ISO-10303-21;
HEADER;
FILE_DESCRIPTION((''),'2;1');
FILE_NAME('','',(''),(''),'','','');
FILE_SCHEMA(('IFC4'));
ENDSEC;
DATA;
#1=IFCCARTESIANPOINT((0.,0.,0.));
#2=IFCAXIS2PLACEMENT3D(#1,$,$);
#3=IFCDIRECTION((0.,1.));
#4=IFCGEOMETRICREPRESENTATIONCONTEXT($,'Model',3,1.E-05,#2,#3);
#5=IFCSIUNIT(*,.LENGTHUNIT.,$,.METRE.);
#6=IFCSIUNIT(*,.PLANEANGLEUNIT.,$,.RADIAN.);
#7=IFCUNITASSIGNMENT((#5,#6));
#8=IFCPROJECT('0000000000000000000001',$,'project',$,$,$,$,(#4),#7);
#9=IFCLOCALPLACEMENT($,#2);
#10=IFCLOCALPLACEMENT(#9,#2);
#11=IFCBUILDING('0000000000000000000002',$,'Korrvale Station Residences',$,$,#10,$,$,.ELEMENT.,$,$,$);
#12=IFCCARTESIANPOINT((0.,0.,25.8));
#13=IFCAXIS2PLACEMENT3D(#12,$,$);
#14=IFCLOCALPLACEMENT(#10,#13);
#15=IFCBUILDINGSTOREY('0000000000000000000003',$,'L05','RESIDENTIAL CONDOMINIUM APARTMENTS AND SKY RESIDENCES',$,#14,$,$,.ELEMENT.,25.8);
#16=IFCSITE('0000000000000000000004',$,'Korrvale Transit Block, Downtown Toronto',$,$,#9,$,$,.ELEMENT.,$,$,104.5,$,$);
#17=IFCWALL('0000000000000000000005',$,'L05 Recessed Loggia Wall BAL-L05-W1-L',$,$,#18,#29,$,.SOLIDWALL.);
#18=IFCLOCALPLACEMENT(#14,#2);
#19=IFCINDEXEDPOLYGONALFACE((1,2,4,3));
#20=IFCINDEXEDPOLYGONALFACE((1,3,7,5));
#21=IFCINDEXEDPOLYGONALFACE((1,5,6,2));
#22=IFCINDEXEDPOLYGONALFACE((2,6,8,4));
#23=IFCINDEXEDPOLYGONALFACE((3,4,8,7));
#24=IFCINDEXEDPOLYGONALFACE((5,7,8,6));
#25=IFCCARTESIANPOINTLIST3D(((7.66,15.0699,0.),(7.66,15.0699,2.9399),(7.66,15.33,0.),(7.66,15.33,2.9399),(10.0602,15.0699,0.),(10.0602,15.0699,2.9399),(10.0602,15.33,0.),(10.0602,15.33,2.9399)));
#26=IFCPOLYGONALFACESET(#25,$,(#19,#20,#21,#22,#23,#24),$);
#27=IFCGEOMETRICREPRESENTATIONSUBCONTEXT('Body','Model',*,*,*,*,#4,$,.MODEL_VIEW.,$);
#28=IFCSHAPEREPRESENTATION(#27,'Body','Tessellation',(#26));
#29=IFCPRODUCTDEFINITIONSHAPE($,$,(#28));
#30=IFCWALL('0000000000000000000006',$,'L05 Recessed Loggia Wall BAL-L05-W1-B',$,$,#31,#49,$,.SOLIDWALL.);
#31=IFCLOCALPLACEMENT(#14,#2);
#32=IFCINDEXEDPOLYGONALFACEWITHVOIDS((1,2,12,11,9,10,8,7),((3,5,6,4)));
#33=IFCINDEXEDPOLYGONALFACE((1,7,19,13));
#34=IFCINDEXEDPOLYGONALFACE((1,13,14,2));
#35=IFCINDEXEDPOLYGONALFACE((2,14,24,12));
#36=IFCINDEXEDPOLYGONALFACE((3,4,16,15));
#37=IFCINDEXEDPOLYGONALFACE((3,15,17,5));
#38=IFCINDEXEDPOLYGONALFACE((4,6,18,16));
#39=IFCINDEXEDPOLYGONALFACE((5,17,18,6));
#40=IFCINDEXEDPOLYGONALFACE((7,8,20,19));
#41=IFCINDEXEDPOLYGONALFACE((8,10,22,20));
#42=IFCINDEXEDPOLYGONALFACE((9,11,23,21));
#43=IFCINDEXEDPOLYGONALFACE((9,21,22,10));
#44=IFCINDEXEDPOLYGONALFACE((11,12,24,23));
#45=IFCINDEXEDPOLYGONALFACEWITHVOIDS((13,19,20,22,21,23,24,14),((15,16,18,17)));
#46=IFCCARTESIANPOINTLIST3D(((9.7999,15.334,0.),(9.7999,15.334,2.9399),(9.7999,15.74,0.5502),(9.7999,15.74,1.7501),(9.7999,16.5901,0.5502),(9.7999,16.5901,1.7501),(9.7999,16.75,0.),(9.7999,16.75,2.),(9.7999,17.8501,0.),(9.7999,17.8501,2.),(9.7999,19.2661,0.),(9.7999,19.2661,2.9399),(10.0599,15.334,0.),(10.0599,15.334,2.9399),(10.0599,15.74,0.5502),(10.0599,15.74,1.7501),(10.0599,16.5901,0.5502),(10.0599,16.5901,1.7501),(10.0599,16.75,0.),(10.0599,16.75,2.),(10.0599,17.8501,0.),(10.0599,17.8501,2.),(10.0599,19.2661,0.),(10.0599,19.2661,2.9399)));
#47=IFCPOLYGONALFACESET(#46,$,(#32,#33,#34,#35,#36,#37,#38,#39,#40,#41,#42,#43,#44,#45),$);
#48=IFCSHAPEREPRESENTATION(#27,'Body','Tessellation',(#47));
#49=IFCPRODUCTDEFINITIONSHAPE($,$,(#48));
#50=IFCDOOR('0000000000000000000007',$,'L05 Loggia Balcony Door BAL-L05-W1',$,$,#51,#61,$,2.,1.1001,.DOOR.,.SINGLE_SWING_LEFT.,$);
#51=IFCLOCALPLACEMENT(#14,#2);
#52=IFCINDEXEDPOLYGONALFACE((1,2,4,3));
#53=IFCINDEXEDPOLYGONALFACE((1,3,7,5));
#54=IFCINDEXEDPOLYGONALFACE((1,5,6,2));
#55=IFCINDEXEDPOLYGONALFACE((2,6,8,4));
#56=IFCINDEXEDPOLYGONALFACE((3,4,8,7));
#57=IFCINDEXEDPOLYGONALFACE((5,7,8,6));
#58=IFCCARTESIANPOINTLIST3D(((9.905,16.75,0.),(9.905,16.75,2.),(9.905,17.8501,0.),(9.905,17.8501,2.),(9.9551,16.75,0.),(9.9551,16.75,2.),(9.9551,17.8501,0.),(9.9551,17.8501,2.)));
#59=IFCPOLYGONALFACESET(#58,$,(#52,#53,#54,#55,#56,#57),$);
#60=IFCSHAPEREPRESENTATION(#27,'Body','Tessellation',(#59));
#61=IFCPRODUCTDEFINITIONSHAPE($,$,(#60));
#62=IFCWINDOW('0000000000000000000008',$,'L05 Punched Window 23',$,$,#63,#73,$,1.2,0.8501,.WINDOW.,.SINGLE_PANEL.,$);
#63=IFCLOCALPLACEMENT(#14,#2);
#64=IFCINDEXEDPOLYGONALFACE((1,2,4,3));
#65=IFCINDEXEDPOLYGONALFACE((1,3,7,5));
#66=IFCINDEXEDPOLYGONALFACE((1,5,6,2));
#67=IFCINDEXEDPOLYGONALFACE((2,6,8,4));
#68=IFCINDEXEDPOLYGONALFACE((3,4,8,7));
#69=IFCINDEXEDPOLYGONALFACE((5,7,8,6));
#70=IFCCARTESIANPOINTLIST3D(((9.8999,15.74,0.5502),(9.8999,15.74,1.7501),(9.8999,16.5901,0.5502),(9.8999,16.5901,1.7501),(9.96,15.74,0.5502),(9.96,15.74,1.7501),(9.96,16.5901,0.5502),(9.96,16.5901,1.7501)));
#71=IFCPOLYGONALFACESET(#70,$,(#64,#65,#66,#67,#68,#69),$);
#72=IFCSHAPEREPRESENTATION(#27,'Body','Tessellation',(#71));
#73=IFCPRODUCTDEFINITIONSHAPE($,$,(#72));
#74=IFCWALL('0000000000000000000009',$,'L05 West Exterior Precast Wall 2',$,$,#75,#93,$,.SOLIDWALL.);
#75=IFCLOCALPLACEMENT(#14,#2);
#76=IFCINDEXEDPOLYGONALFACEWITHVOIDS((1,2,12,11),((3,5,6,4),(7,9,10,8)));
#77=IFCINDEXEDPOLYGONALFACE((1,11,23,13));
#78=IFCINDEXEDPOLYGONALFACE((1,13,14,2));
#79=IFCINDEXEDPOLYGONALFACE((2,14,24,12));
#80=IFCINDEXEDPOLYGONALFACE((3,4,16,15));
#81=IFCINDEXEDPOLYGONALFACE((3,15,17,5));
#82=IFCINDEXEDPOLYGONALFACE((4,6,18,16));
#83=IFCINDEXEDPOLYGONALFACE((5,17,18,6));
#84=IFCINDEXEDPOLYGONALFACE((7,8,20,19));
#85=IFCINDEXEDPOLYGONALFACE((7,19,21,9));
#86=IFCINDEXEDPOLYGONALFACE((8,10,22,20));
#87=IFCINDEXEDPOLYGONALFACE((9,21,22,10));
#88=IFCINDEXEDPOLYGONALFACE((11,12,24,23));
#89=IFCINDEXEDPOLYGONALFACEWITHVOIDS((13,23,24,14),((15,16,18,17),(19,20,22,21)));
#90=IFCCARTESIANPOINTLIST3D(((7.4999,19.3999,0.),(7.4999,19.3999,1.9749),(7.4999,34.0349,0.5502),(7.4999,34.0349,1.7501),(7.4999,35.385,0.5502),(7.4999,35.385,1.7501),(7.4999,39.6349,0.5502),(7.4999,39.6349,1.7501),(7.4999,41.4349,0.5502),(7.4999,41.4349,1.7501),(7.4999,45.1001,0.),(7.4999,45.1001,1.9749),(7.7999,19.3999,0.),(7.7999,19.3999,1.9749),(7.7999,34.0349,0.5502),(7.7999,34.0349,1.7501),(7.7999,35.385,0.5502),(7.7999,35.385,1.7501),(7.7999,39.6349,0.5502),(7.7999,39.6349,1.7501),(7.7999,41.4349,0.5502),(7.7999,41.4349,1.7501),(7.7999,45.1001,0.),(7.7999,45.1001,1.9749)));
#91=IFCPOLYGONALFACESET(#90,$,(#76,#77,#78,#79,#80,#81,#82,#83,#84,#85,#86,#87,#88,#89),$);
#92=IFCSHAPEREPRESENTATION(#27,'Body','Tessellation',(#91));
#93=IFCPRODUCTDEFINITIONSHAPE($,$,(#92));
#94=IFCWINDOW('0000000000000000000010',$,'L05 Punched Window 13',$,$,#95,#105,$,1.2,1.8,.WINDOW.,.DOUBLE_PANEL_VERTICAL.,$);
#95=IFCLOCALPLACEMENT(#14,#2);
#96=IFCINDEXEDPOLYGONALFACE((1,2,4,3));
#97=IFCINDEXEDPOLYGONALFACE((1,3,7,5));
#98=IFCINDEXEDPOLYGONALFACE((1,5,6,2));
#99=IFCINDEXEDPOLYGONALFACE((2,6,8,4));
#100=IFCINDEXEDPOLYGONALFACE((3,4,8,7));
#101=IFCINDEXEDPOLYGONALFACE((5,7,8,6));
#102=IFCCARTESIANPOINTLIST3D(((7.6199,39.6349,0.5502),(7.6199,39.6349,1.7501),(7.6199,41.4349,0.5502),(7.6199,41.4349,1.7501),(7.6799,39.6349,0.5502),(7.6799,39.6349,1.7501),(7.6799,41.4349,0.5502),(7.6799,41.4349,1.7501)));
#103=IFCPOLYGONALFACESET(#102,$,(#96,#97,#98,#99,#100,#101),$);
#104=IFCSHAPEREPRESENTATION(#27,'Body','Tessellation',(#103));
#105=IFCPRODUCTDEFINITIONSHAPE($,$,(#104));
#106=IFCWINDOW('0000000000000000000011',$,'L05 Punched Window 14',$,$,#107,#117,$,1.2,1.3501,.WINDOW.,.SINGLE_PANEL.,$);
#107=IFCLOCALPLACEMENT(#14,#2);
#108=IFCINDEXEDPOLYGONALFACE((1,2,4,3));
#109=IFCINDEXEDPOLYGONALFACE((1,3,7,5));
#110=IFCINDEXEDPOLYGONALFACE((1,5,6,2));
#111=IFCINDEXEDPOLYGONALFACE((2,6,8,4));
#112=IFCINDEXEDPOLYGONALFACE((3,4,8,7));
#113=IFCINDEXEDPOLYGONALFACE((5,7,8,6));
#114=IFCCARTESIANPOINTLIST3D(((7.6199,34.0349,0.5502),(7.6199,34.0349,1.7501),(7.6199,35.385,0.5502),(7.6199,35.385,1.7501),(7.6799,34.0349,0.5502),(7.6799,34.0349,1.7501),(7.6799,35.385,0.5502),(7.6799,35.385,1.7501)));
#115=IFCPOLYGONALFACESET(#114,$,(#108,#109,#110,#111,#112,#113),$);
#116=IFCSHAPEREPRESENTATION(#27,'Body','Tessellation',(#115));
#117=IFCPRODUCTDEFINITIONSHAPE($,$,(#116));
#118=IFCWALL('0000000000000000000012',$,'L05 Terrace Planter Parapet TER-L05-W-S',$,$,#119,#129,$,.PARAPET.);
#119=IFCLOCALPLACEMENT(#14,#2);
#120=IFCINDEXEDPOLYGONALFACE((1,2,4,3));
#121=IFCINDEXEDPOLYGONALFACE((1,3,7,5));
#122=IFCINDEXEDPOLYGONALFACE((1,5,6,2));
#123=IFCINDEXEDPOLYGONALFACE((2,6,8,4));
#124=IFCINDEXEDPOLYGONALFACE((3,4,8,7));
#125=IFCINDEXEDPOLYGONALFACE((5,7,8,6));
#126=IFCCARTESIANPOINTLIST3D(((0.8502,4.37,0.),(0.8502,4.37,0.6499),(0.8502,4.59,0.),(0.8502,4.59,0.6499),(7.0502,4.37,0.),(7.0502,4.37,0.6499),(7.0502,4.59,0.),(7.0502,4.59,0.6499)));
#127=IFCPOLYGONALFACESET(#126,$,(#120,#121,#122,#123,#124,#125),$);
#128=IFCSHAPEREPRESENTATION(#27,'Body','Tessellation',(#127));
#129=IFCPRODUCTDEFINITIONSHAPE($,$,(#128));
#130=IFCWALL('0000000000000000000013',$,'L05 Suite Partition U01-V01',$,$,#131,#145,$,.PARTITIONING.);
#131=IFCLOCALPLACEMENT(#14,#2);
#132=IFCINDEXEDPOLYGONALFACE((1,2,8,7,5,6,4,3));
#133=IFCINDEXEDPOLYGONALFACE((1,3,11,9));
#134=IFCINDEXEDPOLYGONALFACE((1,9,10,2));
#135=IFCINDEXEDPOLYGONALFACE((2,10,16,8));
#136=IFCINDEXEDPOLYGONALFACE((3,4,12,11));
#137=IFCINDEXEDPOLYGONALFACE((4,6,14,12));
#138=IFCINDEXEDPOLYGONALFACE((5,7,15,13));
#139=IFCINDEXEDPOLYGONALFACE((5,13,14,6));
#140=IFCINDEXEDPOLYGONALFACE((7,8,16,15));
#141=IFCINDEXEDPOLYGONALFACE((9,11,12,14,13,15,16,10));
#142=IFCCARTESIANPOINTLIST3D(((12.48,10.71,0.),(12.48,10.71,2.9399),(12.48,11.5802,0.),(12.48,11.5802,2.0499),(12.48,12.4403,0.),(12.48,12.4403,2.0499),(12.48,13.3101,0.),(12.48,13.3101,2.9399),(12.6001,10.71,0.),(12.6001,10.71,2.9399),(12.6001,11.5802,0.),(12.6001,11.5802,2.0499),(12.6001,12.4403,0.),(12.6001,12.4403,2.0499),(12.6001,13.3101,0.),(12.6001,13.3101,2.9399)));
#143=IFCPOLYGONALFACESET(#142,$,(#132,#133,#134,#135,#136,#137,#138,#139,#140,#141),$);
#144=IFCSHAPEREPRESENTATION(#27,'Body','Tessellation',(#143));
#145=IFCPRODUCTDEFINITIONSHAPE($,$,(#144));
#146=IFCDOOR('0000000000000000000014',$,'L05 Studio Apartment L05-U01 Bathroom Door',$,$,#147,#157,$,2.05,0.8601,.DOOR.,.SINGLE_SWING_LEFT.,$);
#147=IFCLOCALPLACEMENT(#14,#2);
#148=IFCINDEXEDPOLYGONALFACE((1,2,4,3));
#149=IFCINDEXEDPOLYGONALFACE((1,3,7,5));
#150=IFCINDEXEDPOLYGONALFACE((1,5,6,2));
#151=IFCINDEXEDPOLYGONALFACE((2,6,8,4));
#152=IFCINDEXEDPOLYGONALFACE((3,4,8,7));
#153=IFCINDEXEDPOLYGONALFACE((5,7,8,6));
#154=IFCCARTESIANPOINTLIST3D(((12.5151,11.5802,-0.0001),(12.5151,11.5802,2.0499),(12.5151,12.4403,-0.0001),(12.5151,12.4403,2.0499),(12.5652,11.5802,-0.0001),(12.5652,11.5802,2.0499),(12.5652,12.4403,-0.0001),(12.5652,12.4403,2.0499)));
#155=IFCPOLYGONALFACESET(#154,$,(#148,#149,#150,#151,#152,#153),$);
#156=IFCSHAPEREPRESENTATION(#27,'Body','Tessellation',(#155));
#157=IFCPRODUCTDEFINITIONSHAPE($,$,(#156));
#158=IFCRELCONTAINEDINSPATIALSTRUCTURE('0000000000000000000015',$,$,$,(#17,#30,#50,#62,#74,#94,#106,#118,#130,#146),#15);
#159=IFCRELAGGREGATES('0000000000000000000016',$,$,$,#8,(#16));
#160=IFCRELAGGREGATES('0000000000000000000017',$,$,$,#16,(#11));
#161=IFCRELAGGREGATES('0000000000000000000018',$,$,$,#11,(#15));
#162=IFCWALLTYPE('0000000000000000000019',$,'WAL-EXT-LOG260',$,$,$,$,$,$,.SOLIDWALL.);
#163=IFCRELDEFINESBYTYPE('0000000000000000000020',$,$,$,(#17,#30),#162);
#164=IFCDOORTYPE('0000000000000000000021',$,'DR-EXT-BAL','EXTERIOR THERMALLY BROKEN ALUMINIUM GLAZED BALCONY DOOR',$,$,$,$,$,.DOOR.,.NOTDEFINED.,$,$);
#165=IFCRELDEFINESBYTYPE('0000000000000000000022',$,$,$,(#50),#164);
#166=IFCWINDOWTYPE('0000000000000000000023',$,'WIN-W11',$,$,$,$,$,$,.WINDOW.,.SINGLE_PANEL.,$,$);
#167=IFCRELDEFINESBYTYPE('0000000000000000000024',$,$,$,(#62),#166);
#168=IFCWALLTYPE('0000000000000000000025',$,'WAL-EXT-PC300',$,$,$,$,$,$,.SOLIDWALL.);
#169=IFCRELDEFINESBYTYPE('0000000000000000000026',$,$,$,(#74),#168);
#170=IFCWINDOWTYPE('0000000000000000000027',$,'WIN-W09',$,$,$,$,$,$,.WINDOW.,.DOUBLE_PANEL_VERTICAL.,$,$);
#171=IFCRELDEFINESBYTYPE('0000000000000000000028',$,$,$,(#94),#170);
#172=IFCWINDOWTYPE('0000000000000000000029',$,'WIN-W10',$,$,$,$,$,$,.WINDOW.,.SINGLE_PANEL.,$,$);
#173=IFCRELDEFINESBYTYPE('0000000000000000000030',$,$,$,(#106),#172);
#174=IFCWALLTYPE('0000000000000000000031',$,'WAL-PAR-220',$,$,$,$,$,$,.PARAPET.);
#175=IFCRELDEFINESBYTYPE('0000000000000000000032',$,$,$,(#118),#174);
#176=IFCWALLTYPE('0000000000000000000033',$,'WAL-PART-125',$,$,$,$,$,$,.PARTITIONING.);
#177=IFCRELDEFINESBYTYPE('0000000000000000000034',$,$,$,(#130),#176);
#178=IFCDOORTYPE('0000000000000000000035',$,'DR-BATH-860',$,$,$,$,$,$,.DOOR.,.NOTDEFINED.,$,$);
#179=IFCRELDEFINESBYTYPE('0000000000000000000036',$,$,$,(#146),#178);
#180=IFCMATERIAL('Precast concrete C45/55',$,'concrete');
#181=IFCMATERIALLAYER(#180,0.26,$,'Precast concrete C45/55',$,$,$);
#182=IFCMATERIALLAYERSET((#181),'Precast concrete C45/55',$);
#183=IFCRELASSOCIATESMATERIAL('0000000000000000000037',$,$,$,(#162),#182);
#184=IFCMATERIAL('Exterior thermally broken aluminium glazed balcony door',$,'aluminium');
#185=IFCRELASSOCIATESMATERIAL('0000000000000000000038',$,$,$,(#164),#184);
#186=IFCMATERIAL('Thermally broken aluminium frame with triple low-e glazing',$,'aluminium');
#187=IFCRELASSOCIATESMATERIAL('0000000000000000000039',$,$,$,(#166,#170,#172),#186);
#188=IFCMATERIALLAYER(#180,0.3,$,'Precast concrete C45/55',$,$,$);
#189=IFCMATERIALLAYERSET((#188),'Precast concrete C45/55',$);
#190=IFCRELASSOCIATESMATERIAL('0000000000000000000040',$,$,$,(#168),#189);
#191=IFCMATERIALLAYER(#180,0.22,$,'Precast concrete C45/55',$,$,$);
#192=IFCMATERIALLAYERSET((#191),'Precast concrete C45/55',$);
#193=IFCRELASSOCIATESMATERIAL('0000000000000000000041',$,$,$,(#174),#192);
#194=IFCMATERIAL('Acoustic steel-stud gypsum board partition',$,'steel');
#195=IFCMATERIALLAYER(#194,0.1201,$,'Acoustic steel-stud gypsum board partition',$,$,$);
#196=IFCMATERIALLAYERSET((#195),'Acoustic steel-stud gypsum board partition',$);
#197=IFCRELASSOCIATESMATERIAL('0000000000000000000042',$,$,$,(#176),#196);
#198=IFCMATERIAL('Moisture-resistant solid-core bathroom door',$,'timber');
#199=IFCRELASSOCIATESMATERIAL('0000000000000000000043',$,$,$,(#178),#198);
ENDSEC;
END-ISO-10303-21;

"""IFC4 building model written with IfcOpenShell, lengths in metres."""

from ifc_helpers import new_model, si_unit, direction, frame, frame_2d, origin, place, context, subcontext, project, spatial, rectangle, extrude, material, layer, layer_set, type_object, element, fill, save


model = new_model("IFC4")

# Units and contexts
model_context = context("Model", 3, precision=1e-05, world=origin(), true_north=direction((0.0, 1.0)))
body_context = subcontext(model_context, "Body", "Model", "MODEL_VIEW")
ifc_project = project(units=[si_unit("LENGTHUNIT", "METRE"), si_unit("PLANEANGLEUNIT", "RADIAN")], contexts=[model_context])

# Site, building, storey
site_placement = place(None, origin())
site = spatial("IfcSite", under=ifc_project, at=site_placement, Name="Korrvale Transit Block, Downtown Toronto", CompositionType="ELEMENT", RefElevation=104.5)
building_placement = place(site_placement, origin())
building = spatial("IfcBuilding", under=site, at=building_placement, Name="Korrvale Station Residences", CompositionType="ELEMENT")
storey_placement = place(building_placement, frame((0.0, 0.0, 25.8)))
storey = spatial("IfcBuildingStorey", under=building, at=storey_placement, Name="L05", Description="RESIDENTIAL CONDOMINIUM APARTMENTS AND SKY RESIDENCES", CompositionType="ELEMENT", Elevation=25.8)

# Wall
ifc_material_1 = material(Name="Precast concrete C45/55", Category="concrete")
ifc_layer_1 = layer(ifc_material_1, 0.26, Name="Precast concrete C45/55")
ifc_layer_set_1 = layer_set([ifc_layer_1], Name="Precast concrete C45/55")
wall_type_1 = type_object("IfcWallType", Name="WAL-EXT-LOG260", PredefinedType="SOLIDWALL", material=ifc_layer_set_1)
wall_1_placement = place(storey_placement, frame((7.6599, 15.2, 0.0), z_axis=(0.0, 0.0, 1.0), x_axis=(1.0, 0.0, 0.0)))
element("IfcWall", 1, at=wall_1_placement, inside=storey, type_object=wall_type_1, Name="L05 Recessed Loggia Wall BAL-L05-W1-L", PredefinedType="SOLIDWALL", context=body_context, shape_type="SweptSolid", body=[
    extrude(rectangle(XDim=2.4001, YDim=0.26, at=frame_2d((1.2002, 0.0))), origin(), (0.0, 0.0, 1.0), 2.9399),
])

# Wall, openings, door, window
wall_2_placement = place(storey_placement, frame((9.9299, 15.334, 0.0), z_axis=(0.0, 0.0, 1.0), x_axis=(0.0, 1.0, 0.0)))
wall_2 = element("IfcWall", 2, at=wall_2_placement, inside=storey, type_object=wall_type_1, Name="L05 Recessed Loggia Wall BAL-L05-W1-B", PredefinedType="SOLIDWALL", context=body_context, shape_type="SweptSolid", body=[
    extrude(rectangle(XDim=3.9321, YDim=0.26, at=frame_2d((1.9661, 0.0))), origin(), (0.0, 0.0, 1.0), 2.9399),
])
opening_1_placement = place(wall_2_placement, frame((1.416, 0.0, 0.0)))
opening_1 = element("IfcOpeningElement", 3, at=opening_1_placement, cuts=wall_2, PredefinedType="OPENING", context=body_context, shape_type="SweptSolid", body=[
    extrude(rectangle(XDim=1.1001, YDim=2.0, at=frame_2d((0.55, 1.0))), frame((0.0, 0.1401, 0.0), z_axis=(0.0, -1.0, 0.0), x_axis=(1.0, 0.0, 0.0)), (0.0, 0.0, 1.0), 0.28),
])
opening_2_placement = place(wall_2_placement, frame((0.406, 0.0, 0.55)))
opening_2 = element("IfcOpeningElement", 4, at=opening_2_placement, cuts=wall_2, PredefinedType="OPENING", context=body_context, shape_type="SweptSolid", body=[
    extrude(rectangle(XDim=0.8501, YDim=1.2, at=frame_2d((0.425, 0.6001))), frame((0.0, 0.1401, 0.0), z_axis=(0.0, -1.0, 0.0), x_axis=(1.0, 0.0, 0.0)), (0.0, 0.0, 1.0), 0.28),
])
ifc_material_2 = material(Name="Exterior thermally broken aluminium glazed balcony door", Category="aluminium")
door_type_1 = type_object("IfcDoorType", Name="DR-EXT-BAL", Description="EXTERIOR THERMALLY BROKEN ALUMINIUM GLAZED BALCONY DOOR", OperationType="NOTDEFINED", PredefinedType="DOOR", material=ifc_material_2)
door_1_placement = place(opening_1_placement, origin())
door_1 = element("IfcDoor", 5, at=door_1_placement, inside=storey, type_object=door_type_1, Name="L05 Loggia Balcony Door BAL-L05-W1", OperationType="SINGLE_SWING_LEFT", OverallHeight=2.0, OverallWidth=1.1001, PredefinedType="DOOR", context=body_context, shape_type="SweptSolid", body=[
    extrude(rectangle(XDim=1.1001, YDim=2.0, at=frame_2d((0.55, 1.0))), frame((0.0, 0.0249, 0.0), z_axis=(0.0, -1.0, 0.0), x_axis=(1.0, 0.0, 0.0)), (0.0, 0.0, 1.0), 0.05),
])
fill(opening_1, door_1)
ifc_material_3 = material(Name="Thermally broken aluminium frame with triple low-e glazing", Category="aluminium")
window_type_1 = type_object("IfcWindowType", Name="WIN-W11", PartitioningType="SINGLE_PANEL", PredefinedType="WINDOW", material=ifc_material_3)
window_1_placement = place(opening_2_placement, origin())
window_1 = element("IfcWindow", 6, at=window_1_placement, inside=storey, type_object=window_type_1, Name="L05 Punched Window 23", OverallHeight=1.2, OverallWidth=0.8501, PartitioningType="SINGLE_PANEL", PredefinedType="WINDOW", context=body_context, shape_type="SweptSolid", body=[
    extrude(rectangle(XDim=0.8501, YDim=1.2, at=frame_2d((0.425, 0.6001))), frame((0.0, 0.03, 0.0), z_axis=(0.0, -1.0, 0.0), x_axis=(1.0, 0.0, 0.0)), (0.0, 0.0, 1.0), 0.0601),
])
fill(opening_2, window_1)

# Wall, openings, windows
ifc_layer_2 = layer(ifc_material_1, 0.3, Name="Precast concrete C45/55")
ifc_layer_set_2 = layer_set([ifc_layer_2], Name="Precast concrete C45/55")
wall_type_2 = type_object("IfcWallType", Name="WAL-EXT-PC300", PredefinedType="SOLIDWALL", material=ifc_layer_set_2)
wall_3_placement = place(storey_placement, frame((7.6499, 19.3999, 0.0), z_axis=(0.0, 0.0, 1.0), x_axis=(0.0, 1.0, 0.0)))
wall_3 = element("IfcWall", 7, at=wall_3_placement, inside=storey, type_object=wall_type_2, Name="L05 West Exterior Precast Wall 2", PredefinedType="SOLIDWALL", context=body_context, shape_type="SweptSolid", body=[
    extrude(rectangle(XDim=25.7002, YDim=0.3, at=frame_2d((12.8501, 0.0))), origin(), (0.0, 0.0, 1.0), 1.9749),
])
opening_3_placement = place(wall_3_placement, frame((20.2351, 0.0, 0.55)))
opening_3 = element("IfcOpeningElement", 8, at=opening_3_placement, cuts=wall_3, PredefinedType="OPENING", context=body_context, shape_type="SweptSolid", body=[
    extrude(rectangle(XDim=1.8, YDim=1.2, at=frame_2d((0.8999, 0.6001))), frame((0.0, 0.1602, 0.0), z_axis=(0.0, -1.0, 0.0), x_axis=(1.0, 0.0, 0.0)), (0.0, 0.0, 1.0), 0.3201),
])
opening_4_placement = place(wall_3_placement, frame((14.635, 0.0, 0.55)))
opening_4 = element("IfcOpeningElement", 9, at=opening_4_placement, cuts=wall_3, PredefinedType="OPENING", context=body_context, shape_type="SweptSolid", body=[
    extrude(rectangle(XDim=1.3501, YDim=1.2, at=frame_2d((0.675, 0.6001))), frame((0.0, 0.1602, 0.0), z_axis=(0.0, -1.0, 0.0), x_axis=(1.0, 0.0, 0.0)), (0.0, 0.0, 1.0), 0.3201),
])
window_type_2 = type_object("IfcWindowType", Name="WIN-W09", PartitioningType="DOUBLE_PANEL_VERTICAL", PredefinedType="WINDOW", material=ifc_material_3)
window_2_placement = place(opening_3_placement, origin())
window_2 = element("IfcWindow", 10, at=window_2_placement, inside=storey, type_object=window_type_2, Name="L05 Punched Window 13", OverallHeight=1.2, OverallWidth=1.8, PartitioningType="DOUBLE_PANEL_VERTICAL", PredefinedType="WINDOW", context=body_context, shape_type="SweptSolid", body=[
    extrude(rectangle(XDim=1.8, YDim=1.2, at=frame_2d((0.8999, 0.6001))), frame((0.0, 0.03, 0.0), z_axis=(0.0, -1.0, 0.0), x_axis=(1.0, 0.0, 0.0)), (0.0, 0.0, 1.0), 0.0601),
])
fill(opening_3, window_2)
window_type_3 = type_object("IfcWindowType", Name="WIN-W10", PartitioningType="SINGLE_PANEL", PredefinedType="WINDOW", material=ifc_material_3)
window_3_placement = place(opening_4_placement, origin())
window_3 = element("IfcWindow", 11, at=window_3_placement, inside=storey, type_object=window_type_3, Name="L05 Punched Window 14", OverallHeight=1.2, OverallWidth=1.3501, PartitioningType="SINGLE_PANEL", PredefinedType="WINDOW", context=body_context, shape_type="SweptSolid", body=[
    extrude(rectangle(XDim=1.3501, YDim=1.2, at=frame_2d((0.675, 0.6001))), frame((0.0, 0.03, 0.0), z_axis=(0.0, -1.0, 0.0), x_axis=(1.0, 0.0, 0.0)), (0.0, 0.0, 1.0), 0.0601),
])
fill(opening_4, window_3)

# Wall
ifc_layer_3 = layer(ifc_material_1, 0.22, Name="Precast concrete C45/55")
ifc_layer_set_3 = layer_set([ifc_layer_3], Name="Precast concrete C45/55")
wall_type_3 = type_object("IfcWallType", Name="WAL-PAR-220", PredefinedType="PARAPET", material=ifc_layer_set_3)
wall_4_placement = place(storey_placement, frame((0.8501, 4.48, 0.0), z_axis=(0.0, 0.0, 1.0), x_axis=(1.0, 0.0, 0.0)))
element("IfcWall", 12, at=wall_4_placement, inside=storey, type_object=wall_type_3, Name="L05 Terrace Planter Parapet TER-L05-W-S", PredefinedType="PARAPET", context=body_context, shape_type="SweptSolid", body=[
    extrude(rectangle(XDim=6.2, YDim=0.22, at=frame_2d((3.1001, 0.0))), origin(), (0.0, 0.0, 1.0), 0.6499),
])

# Wall, opening, door
ifc_material_4 = material(Name="Acoustic steel-stud gypsum board partition", Category="steel")
ifc_layer_4 = layer(ifc_material_4, 0.1201, Name="Acoustic steel-stud gypsum board partition")
ifc_layer_set_4 = layer_set([ifc_layer_4], Name="Acoustic steel-stud gypsum board partition")
wall_type_4 = type_object("IfcWallType", Name="WAL-PART-125", PredefinedType="PARTITIONING", material=ifc_layer_set_4)
wall_5_placement = place(storey_placement, frame((12.54, 10.71, 0.0), z_axis=(0.0, 0.0, 1.0), x_axis=(0.0, 1.0, 0.0)))
wall_5 = element("IfcWall", 13, at=wall_5_placement, inside=storey, type_object=wall_type_4, Name="L05 Suite Partition U01-V01", PredefinedType="PARTITIONING", context=body_context, shape_type="SweptSolid", body=[
    extrude(rectangle(XDim=2.6001, YDim=0.1201, at=frame_2d((1.3, 0.0))), origin(), (0.0, 0.0, 1.0), 2.9399),
])
opening_5_placement = place(wall_5_placement, frame((0.8701, 0.0, 0.0)))
opening_5 = element("IfcOpeningElement", 14, at=opening_5_placement, cuts=wall_5, PredefinedType="OPENING", context=body_context, shape_type="SweptSolid", body=[
    extrude(rectangle(XDim=0.8601, YDim=2.05, at=frame_2d((0.4302, 1.0249))), frame((0.0, 0.0701, 0.0), z_axis=(0.0, -1.0, 0.0), x_axis=(1.0, 0.0, 0.0)), (0.0, 0.0, 1.0), 0.1401),
])
ifc_material_5 = material(Name="Moisture-resistant solid-core bathroom door", Category="timber")
door_type_2 = type_object("IfcDoorType", Name="DR-BATH-860", OperationType="NOTDEFINED", PredefinedType="DOOR", material=ifc_material_5)
door_2_placement = place(opening_5_placement, origin())
door_2 = element("IfcDoor", 15, at=door_2_placement, inside=storey, type_object=door_type_2, Name="L05 Studio Apartment L05-U01 Bathroom Door", OperationType="SINGLE_SWING_LEFT", OverallHeight=2.05, OverallWidth=0.8601, PredefinedType="DOOR", context=body_context, shape_type="SweptSolid", body=[
    extrude(rectangle(XDim=0.8601, YDim=2.05, at=frame_2d((0.4302, 1.0249))), frame((0.0, 0.0249, 0.0), z_axis=(0.0, -1.0, 0.0), x_axis=(1.0, 0.0, 0.0)), (0.0, 0.0, 1.0), 0.05),
])
fill(opening_5, door_2)

save(model, "model.ifc")
